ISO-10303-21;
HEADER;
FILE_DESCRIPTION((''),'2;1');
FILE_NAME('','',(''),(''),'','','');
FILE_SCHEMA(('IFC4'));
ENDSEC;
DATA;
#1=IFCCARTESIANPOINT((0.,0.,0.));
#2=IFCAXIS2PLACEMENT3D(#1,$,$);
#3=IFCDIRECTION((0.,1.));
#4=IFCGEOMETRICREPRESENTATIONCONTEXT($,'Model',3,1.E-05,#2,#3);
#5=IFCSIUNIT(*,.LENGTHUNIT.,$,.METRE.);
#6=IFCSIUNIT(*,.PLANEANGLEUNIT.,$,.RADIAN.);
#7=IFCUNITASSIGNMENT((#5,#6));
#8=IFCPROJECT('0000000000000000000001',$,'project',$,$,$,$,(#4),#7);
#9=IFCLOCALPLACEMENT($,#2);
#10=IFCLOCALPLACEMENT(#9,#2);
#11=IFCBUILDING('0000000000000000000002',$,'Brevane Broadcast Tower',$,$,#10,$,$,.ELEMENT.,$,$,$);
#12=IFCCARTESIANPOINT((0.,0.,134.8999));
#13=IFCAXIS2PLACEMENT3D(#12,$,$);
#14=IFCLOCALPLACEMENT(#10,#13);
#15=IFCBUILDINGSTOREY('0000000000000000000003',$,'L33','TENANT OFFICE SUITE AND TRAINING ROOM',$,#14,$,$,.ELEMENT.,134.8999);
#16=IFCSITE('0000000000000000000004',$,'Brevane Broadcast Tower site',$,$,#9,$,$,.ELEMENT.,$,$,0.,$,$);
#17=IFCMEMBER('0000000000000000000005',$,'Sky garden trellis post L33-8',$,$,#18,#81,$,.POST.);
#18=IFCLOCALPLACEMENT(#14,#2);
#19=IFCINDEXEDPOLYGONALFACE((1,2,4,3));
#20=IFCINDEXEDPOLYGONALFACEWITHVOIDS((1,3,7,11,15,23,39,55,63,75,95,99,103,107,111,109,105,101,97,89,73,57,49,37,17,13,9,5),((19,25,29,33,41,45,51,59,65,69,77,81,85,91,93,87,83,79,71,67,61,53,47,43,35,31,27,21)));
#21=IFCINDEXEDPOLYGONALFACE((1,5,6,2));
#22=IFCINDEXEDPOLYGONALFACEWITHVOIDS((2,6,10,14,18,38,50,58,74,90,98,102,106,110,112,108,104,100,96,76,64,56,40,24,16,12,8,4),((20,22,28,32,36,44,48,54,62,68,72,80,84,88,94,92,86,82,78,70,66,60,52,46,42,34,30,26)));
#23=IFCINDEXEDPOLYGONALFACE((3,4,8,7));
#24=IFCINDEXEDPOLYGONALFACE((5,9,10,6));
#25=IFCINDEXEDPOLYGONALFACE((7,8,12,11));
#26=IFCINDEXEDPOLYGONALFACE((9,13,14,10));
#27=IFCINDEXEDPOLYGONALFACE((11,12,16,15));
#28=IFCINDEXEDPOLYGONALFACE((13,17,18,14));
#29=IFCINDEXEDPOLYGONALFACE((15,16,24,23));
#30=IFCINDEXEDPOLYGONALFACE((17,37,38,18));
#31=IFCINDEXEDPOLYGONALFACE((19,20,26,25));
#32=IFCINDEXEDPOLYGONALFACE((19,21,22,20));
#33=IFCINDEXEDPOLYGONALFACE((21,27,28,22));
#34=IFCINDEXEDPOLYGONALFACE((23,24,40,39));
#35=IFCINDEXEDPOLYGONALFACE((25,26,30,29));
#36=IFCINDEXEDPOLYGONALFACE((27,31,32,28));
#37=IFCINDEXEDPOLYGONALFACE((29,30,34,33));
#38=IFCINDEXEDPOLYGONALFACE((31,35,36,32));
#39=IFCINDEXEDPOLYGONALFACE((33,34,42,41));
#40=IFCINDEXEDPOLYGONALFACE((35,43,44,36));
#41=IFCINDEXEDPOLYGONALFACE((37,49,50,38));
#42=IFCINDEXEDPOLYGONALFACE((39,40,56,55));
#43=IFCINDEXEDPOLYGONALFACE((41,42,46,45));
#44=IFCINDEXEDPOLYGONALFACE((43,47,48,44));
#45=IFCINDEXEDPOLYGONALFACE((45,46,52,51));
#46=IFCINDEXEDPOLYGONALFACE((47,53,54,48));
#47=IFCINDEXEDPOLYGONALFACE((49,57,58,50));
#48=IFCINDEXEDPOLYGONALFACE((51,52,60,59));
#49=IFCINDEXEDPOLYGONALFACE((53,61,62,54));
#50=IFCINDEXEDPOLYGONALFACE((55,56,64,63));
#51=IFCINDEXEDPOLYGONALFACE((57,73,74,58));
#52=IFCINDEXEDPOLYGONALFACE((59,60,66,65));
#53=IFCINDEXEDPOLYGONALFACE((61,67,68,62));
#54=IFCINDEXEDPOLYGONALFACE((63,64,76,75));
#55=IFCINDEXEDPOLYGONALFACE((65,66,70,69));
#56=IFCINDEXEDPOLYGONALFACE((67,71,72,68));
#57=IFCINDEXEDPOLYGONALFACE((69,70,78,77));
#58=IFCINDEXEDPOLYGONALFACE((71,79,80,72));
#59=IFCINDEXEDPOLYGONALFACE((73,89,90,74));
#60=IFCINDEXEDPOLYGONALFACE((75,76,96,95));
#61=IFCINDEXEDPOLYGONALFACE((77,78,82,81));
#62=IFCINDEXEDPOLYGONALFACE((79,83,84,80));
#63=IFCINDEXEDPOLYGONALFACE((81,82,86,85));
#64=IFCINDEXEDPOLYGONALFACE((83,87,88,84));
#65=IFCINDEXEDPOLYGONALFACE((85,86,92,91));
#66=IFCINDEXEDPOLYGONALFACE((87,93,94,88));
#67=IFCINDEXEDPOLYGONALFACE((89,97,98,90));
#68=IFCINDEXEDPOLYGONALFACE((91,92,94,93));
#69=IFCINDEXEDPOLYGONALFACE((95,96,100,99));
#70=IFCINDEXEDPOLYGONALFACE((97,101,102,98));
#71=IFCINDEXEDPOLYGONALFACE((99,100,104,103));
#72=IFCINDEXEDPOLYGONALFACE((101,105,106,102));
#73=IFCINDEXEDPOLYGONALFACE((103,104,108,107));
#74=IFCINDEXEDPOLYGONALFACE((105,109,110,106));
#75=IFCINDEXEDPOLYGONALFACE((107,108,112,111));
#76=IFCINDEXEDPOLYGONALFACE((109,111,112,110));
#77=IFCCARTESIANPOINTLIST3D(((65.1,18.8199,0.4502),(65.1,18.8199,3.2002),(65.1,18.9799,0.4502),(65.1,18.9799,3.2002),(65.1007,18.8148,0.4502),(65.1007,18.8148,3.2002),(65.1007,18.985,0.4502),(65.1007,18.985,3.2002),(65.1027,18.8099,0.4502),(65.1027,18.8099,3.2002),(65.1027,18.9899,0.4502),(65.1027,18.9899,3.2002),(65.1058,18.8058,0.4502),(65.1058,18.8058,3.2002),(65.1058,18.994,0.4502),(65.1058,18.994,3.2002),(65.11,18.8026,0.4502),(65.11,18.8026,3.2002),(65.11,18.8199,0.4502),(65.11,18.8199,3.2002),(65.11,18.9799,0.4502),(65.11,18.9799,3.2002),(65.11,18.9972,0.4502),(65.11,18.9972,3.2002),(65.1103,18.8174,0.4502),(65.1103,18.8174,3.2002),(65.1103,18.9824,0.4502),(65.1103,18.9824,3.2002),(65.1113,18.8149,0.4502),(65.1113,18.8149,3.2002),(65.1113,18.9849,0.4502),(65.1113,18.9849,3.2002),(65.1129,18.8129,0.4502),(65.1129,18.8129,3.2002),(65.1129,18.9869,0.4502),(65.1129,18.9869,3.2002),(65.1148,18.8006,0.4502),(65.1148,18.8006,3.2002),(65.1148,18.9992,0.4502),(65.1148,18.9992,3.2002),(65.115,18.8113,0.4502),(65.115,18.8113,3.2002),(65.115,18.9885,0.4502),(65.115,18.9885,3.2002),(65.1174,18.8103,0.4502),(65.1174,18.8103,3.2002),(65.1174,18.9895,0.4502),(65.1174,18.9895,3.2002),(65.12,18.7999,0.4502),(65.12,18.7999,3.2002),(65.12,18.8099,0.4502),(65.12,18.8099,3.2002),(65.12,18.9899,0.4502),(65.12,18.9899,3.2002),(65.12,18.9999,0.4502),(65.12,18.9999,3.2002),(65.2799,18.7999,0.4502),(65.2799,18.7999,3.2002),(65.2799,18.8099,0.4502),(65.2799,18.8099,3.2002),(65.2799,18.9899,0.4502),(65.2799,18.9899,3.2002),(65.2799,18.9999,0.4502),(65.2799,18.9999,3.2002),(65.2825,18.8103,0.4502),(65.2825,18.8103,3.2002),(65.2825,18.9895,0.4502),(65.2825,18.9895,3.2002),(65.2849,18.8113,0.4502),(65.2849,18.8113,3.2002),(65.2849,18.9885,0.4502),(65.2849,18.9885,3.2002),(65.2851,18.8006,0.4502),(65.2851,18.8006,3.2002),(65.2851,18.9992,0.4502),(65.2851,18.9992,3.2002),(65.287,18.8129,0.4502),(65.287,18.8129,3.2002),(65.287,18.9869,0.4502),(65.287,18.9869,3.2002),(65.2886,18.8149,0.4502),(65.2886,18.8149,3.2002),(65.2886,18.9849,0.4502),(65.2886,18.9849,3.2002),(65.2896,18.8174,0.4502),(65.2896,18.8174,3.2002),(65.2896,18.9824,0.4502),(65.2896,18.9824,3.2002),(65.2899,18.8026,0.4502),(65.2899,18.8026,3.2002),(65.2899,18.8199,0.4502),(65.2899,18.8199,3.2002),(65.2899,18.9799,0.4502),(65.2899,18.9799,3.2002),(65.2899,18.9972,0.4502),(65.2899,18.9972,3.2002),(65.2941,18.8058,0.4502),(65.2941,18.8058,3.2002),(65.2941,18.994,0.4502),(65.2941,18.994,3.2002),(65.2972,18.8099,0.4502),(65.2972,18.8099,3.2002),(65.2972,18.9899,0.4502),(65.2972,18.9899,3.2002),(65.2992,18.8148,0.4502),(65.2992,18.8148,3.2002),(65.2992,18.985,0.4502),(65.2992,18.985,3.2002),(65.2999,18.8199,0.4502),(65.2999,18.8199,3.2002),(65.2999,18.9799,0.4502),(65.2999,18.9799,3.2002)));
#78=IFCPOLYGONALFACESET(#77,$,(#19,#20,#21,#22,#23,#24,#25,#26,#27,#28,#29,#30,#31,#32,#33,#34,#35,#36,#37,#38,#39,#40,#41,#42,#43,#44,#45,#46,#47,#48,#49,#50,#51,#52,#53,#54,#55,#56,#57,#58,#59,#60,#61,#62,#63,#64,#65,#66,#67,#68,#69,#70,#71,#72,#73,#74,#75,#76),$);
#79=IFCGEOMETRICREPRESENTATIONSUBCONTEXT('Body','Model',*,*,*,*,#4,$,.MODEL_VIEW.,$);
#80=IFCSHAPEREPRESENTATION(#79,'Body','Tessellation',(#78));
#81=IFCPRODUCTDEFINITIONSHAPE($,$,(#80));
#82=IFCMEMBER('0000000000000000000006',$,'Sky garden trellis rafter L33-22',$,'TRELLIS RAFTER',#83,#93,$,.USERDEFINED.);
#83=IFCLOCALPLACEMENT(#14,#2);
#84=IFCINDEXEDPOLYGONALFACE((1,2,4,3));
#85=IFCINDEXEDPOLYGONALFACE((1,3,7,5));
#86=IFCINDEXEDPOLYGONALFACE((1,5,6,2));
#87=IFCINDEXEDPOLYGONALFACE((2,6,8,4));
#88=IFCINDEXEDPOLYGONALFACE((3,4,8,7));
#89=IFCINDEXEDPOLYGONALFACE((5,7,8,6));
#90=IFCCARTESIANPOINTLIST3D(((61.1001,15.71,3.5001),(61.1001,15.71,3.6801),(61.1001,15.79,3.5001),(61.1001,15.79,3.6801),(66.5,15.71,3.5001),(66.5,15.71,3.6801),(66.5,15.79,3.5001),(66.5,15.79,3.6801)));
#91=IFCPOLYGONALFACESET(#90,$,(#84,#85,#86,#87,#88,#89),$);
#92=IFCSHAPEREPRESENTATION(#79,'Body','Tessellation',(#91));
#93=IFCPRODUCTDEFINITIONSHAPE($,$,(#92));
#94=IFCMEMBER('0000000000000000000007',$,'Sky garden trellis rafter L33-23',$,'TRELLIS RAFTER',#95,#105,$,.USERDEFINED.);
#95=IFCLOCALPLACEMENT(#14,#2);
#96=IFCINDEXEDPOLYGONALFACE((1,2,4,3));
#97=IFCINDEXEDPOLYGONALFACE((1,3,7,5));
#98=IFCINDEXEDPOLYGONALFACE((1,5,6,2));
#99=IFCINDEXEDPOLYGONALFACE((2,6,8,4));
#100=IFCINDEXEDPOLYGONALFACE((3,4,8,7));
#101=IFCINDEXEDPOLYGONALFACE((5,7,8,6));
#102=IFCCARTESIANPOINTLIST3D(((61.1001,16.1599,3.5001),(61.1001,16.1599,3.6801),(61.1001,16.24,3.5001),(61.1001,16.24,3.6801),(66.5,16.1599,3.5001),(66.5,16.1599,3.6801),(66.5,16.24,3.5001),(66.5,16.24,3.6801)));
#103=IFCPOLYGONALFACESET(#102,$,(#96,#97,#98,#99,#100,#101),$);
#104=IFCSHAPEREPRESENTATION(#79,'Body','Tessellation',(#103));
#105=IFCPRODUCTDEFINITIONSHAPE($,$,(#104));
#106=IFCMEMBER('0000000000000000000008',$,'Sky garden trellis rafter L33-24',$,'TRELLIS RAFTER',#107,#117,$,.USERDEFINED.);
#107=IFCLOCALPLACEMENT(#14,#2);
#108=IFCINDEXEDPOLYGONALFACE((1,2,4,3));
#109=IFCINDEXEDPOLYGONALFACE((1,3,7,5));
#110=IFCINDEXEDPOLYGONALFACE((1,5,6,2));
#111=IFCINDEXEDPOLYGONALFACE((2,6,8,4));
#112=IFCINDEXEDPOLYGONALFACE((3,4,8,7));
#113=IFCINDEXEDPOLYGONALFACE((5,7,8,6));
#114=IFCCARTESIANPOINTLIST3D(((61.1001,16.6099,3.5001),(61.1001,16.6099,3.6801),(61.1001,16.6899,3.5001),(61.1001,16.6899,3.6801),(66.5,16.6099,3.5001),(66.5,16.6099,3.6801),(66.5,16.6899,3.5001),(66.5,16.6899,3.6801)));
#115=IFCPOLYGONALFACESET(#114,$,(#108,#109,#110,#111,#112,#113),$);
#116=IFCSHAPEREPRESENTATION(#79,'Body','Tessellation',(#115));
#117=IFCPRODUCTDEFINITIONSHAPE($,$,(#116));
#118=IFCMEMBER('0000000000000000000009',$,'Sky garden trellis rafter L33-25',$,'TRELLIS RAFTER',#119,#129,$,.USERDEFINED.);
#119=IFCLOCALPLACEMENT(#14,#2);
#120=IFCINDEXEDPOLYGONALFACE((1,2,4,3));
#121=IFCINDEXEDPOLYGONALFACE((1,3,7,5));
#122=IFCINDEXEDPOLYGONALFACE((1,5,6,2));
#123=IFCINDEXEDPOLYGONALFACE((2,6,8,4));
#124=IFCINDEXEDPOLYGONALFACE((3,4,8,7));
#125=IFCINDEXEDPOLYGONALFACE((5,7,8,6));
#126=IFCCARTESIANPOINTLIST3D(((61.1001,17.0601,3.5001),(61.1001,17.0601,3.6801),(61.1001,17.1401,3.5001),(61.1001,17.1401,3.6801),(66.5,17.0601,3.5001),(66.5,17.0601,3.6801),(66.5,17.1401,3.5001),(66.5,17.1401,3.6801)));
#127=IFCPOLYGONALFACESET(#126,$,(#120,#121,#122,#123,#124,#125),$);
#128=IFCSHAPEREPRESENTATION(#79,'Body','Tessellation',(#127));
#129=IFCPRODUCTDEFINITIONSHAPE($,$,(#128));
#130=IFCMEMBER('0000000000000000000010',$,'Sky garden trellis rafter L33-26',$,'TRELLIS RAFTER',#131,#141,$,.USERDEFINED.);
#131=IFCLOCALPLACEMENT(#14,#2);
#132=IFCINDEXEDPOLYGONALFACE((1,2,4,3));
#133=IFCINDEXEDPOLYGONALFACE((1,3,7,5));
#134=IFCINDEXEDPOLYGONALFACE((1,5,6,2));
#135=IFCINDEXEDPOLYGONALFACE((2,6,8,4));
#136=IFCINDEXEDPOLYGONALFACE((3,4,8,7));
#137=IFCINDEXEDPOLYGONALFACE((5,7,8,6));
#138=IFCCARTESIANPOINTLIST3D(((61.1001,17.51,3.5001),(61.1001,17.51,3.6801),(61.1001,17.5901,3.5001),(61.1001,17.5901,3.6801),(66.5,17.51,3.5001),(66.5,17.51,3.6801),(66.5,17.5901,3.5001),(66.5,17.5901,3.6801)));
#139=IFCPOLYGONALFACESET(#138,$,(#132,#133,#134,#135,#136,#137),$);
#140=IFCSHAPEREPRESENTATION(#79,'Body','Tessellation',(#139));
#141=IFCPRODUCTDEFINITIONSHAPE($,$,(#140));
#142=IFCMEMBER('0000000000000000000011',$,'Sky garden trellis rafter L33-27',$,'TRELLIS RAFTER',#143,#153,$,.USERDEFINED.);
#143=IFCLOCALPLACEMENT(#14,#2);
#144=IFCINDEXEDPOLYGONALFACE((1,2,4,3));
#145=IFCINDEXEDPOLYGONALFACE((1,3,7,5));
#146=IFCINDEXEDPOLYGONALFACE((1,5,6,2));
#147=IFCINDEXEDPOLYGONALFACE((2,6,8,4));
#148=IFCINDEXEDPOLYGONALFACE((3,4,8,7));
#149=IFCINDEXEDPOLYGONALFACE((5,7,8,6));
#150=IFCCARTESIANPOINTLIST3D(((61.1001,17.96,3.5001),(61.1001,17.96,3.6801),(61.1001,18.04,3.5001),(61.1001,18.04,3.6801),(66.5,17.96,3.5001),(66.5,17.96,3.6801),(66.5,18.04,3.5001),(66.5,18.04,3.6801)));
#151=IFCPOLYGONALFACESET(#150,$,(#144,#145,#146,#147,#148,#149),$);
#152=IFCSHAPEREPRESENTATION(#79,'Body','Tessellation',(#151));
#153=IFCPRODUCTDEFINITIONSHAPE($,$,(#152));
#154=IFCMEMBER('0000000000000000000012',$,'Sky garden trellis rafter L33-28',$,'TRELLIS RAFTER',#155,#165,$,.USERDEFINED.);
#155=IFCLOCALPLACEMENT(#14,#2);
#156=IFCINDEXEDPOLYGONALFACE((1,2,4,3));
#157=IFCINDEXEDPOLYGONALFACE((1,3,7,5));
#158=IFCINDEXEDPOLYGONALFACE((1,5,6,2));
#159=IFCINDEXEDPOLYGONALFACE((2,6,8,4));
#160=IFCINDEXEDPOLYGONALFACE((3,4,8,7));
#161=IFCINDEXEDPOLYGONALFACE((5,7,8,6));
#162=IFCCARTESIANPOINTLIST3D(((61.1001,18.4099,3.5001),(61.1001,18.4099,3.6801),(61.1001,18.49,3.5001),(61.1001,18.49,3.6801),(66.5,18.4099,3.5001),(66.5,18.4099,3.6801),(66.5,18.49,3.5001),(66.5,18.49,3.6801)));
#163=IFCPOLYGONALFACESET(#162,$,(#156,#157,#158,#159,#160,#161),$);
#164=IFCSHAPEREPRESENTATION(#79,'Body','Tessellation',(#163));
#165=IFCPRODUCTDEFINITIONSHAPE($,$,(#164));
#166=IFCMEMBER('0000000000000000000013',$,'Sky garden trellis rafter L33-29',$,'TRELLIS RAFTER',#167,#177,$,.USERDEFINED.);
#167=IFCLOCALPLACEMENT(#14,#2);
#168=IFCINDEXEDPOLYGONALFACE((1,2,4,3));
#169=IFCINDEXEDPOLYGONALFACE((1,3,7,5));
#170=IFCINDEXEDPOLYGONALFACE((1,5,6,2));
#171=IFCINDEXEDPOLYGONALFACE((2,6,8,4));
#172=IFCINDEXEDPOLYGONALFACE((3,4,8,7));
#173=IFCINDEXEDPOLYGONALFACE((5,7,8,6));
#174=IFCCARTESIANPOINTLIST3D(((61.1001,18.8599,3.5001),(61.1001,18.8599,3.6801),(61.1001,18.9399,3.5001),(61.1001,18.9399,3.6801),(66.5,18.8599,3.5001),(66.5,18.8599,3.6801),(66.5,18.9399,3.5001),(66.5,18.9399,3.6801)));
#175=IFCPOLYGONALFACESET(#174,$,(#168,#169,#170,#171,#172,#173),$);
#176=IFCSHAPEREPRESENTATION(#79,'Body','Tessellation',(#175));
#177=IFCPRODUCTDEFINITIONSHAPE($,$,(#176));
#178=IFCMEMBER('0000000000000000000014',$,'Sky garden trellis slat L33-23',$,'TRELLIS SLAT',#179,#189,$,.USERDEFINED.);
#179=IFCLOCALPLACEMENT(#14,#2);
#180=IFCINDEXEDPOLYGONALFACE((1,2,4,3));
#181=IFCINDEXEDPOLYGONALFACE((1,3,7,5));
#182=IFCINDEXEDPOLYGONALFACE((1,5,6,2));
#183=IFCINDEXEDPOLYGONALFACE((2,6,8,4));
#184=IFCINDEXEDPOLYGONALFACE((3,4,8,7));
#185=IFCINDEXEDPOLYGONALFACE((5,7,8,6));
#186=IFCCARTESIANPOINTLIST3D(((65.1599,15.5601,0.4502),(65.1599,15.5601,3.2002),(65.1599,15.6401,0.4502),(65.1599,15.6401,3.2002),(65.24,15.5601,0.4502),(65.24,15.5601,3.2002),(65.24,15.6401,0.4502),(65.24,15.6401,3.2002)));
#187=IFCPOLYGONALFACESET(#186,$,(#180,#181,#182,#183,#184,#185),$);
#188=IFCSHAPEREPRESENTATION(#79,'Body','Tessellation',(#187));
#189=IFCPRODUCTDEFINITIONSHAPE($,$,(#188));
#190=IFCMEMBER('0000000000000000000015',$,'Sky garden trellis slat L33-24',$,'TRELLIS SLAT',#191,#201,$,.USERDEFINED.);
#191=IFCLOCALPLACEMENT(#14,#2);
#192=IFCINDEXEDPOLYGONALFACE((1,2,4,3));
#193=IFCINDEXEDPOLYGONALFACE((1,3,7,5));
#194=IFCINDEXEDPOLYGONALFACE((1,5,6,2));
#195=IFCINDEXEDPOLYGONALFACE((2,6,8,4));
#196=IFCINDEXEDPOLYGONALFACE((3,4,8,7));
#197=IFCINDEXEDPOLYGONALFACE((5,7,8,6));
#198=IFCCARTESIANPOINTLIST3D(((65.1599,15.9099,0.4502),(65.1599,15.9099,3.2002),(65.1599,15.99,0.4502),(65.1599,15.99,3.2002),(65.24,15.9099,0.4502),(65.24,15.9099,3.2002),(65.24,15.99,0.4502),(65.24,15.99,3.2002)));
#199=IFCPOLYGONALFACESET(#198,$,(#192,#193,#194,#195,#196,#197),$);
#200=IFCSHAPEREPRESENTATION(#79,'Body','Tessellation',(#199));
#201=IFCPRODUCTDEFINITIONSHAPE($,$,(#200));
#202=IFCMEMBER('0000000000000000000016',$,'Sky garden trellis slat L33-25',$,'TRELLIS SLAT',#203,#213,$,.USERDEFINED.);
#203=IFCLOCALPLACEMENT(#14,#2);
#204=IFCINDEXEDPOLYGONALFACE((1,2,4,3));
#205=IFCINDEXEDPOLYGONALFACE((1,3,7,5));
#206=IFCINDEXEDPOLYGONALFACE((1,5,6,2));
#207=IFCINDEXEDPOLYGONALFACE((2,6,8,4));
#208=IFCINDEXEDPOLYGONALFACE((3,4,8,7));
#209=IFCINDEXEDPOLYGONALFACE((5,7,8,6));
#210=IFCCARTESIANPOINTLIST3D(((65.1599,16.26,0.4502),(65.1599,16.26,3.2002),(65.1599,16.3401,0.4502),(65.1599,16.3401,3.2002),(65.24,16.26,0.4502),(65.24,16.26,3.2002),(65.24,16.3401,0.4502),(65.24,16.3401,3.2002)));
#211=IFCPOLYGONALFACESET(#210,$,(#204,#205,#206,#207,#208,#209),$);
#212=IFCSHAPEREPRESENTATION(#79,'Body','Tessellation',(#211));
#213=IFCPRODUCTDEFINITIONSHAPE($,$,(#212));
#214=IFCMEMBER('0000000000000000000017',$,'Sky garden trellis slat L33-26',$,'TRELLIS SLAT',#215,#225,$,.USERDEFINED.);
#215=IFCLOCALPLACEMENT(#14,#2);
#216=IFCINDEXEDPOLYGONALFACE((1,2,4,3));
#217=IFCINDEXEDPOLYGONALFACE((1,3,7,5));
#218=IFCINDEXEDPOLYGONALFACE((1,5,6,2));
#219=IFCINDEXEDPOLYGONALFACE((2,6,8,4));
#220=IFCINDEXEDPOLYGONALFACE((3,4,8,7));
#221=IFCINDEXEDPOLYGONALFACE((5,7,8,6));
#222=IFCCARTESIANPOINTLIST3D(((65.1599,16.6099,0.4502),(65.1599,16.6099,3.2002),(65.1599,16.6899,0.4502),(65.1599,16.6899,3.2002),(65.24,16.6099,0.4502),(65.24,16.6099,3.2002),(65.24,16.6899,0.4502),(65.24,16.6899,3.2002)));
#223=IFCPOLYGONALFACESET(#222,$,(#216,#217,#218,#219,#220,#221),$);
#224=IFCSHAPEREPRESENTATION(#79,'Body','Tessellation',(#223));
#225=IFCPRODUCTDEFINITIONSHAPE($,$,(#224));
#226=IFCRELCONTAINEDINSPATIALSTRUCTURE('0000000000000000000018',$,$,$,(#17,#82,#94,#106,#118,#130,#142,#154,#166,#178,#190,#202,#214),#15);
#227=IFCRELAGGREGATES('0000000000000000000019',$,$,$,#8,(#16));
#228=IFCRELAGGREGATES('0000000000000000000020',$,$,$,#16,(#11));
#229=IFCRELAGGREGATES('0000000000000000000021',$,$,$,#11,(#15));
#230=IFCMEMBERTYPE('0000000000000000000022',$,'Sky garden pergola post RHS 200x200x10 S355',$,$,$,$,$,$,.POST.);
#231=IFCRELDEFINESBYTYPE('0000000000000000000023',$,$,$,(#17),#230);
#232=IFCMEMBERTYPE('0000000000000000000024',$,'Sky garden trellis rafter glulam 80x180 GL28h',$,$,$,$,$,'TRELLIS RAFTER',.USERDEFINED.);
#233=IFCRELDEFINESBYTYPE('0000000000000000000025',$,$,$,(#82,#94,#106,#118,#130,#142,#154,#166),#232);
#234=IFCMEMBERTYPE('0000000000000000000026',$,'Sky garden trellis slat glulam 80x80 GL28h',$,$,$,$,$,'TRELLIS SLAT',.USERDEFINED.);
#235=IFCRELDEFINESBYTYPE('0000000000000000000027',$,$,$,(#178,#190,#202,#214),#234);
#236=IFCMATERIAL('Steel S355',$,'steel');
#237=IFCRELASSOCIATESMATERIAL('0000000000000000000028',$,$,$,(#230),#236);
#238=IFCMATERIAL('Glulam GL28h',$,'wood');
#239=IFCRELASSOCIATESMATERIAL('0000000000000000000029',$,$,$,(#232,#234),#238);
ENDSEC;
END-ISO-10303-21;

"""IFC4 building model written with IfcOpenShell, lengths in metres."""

from ifc_helpers import new_model, si_unit, direction, frame, origin, origin_2d, place, context, subcontext, project, spatial, rectangle, hollow_rectangle, extrude, material, material_profile, profile_set, type_object, element, save


model = new_model("IFC4")

# Units and contexts
model_context = context("Model", 3, precision=1e-05, world=origin(), true_north=direction((0.0, 1.0)))
body_context = subcontext(model_context, "Body", "Model", "MODEL_VIEW")
ifc_project = project(units=[si_unit("LENGTHUNIT", "METRE"), si_unit("PLANEANGLEUNIT", "RADIAN")], contexts=[model_context])

# Site, building, storey
site_placement = place(None, origin())
site = spatial("IfcSite", under=ifc_project, at=site_placement, Name="Brevane Broadcast Tower site", CompositionType="ELEMENT", RefElevation=0.0)
building_placement = place(site_placement, origin())
building = spatial("IfcBuilding", under=site, at=building_placement, Name="Brevane Broadcast Tower", CompositionType="ELEMENT")
storey_placement = place(building_placement, frame((0.0, 0.0, 134.8999)))
storey = spatial("IfcBuildingStorey", under=building, at=storey_placement, Name="L33", Description="TENANT OFFICE SUITE AND TRAINING ROOM", CompositionType="ELEMENT", Elevation=134.8999)

# Members
ifc_material_1 = material(Name="Steel S355", Category="steel")
ifc_material_profile_1 = material_profile(ifc_material_1, hollow_rectangle(XDim=0.2, YDim=0.2, WallThickness=0.01, InnerFilletRadius=0.01, OuterFilletRadius=0.02, at=origin_2d()), Name="RHS 200x200x10")
ifc_profile_set_1 = profile_set([ifc_material_profile_1], Name="Steel S355")
member_type_1 = type_object("IfcMemberType", Name="Sky garden pergola post RHS 200x200x10 S355", PredefinedType="POST", material=ifc_profile_set_1)
for number, where, z_axis, x_axis, name in (
    (1, (65.2, 18.8999, 0.4502), (0.0, 0.0, 1.0), (1.0, 0.0, 0.0), "Sky garden trellis post L33-8"),
):
    element("IfcMember", number, at=place(storey_placement, frame(where, z_axis=z_axis, x_axis=x_axis)), inside=storey, type_object=member_type_1, Name=name, PredefinedType="POST", context=body_context, shape_type="SweptSolid", body=[
        extrude(hollow_rectangle(XDim=0.2, YDim=0.2, WallThickness=0.01, InnerFilletRadius=0.01, OuterFilletRadius=0.02, at=origin_2d()), origin(), (0.0, 0.0, 1.0), 2.75),
    ])
ifc_material_2 = material(Name="Glulam GL28h", Category="wood")
ifc_material_profile_2 = material_profile(ifc_material_2, rectangle(XDim=0.0801, YDim=0.1799, at=origin_2d()), Name="RECT 80x180")
ifc_profile_set_2 = profile_set([ifc_material_profile_2], Name="Glulam GL28h")
member_type_2 = type_object("IfcMemberType", Name="Sky garden trellis rafter glulam 80x180 GL28h", ElementType="TRELLIS RAFTER", PredefinedType="USERDEFINED", material=ifc_profile_set_2)
for number, where, z_axis, x_axis, name in (
    (2, (61.1001, 15.75, 3.5901), (1.0, 0.0, 0.0), (0.0, 1.0, 0.0), "Sky garden trellis rafter L33-22"),
    (3, (61.1001, 16.2, 3.5901), (1.0, 0.0, 0.0), (0.0, 1.0, 0.0), "Sky garden trellis rafter L33-23"),
    (4, (61.1001, 16.6499, 3.5901), (1.0, 0.0, 0.0), (0.0, 1.0, 0.0), "Sky garden trellis rafter L33-24"),
    (5, (61.1001, 17.1001, 3.5901), (1.0, 0.0, 0.0), (0.0, 1.0, 0.0), "Sky garden trellis rafter L33-25"),
    (6, (61.1001, 17.55, 3.5901), (1.0, 0.0, 0.0), (0.0, 1.0, 0.0), "Sky garden trellis rafter L33-26"),
    (7, (61.1001, 18.0, 3.5901), (1.0, 0.0, 0.0), (0.0, 1.0, 0.0), "Sky garden trellis rafter L33-27"),
    (8, (61.1001, 18.45, 3.5901), (1.0, 0.0, 0.0), (0.0, 1.0, 0.0), "Sky garden trellis rafter L33-28"),
    (9, (61.1001, 18.8999, 3.5901), (1.0, 0.0, 0.0), (0.0, 1.0, 0.0), "Sky garden trellis rafter L33-29"),
):
    element("IfcMember", number, at=place(storey_placement, frame(where, z_axis=z_axis, x_axis=x_axis)), inside=storey, type_object=member_type_2, Name=name, ObjectType="TRELLIS RAFTER", PredefinedType="USERDEFINED", context=body_context, shape_type="SweptSolid", body=[
        extrude(rectangle(XDim=0.0801, YDim=0.1799, at=origin_2d()), origin(), (0.0, 0.0, 1.0), 5.3999),
    ])
ifc_material_profile_3 = material_profile(ifc_material_2, rectangle(XDim=0.0801, YDim=0.0801, at=origin_2d()), Name="RECT 80x80")
ifc_profile_set_3 = profile_set([ifc_material_profile_3], Name="Glulam GL28h")
member_type_3 = type_object("IfcMemberType", Name="Sky garden trellis slat glulam 80x80 GL28h", ElementType="TRELLIS SLAT", PredefinedType="USERDEFINED", material=ifc_profile_set_3)
for number, where, z_axis, x_axis, name in (
    (10, (65.2, 15.6001, 0.4502), (0.0, 0.0, 1.0), (1.0, 0.0, 0.0), "Sky garden trellis slat L33-23"),
    (11, (65.2, 15.95, 0.4502), (0.0, 0.0, 1.0), (1.0, 0.0, 0.0), "Sky garden trellis slat L33-24"),
    (12, (65.2, 16.3, 0.4502), (0.0, 0.0, 1.0), (1.0, 0.0, 0.0), "Sky garden trellis slat L33-25"),
    (13, (65.2, 16.6499, 0.4502), (0.0, 0.0, 1.0), (1.0, 0.0, 0.0), "Sky garden trellis slat L33-26"),
):
    element("IfcMember", number, at=place(storey_placement, frame(where, z_axis=z_axis, x_axis=x_axis)), inside=storey, type_object=member_type_3, Name=name, ObjectType="TRELLIS SLAT", PredefinedType="USERDEFINED", context=body_context, shape_type="SweptSolid", body=[
        extrude(rectangle(XDim=0.0801, YDim=0.0801, at=origin_2d()), origin(), (0.0, 0.0, 1.0), 2.75),
    ])

save(model, "model.ifc")
